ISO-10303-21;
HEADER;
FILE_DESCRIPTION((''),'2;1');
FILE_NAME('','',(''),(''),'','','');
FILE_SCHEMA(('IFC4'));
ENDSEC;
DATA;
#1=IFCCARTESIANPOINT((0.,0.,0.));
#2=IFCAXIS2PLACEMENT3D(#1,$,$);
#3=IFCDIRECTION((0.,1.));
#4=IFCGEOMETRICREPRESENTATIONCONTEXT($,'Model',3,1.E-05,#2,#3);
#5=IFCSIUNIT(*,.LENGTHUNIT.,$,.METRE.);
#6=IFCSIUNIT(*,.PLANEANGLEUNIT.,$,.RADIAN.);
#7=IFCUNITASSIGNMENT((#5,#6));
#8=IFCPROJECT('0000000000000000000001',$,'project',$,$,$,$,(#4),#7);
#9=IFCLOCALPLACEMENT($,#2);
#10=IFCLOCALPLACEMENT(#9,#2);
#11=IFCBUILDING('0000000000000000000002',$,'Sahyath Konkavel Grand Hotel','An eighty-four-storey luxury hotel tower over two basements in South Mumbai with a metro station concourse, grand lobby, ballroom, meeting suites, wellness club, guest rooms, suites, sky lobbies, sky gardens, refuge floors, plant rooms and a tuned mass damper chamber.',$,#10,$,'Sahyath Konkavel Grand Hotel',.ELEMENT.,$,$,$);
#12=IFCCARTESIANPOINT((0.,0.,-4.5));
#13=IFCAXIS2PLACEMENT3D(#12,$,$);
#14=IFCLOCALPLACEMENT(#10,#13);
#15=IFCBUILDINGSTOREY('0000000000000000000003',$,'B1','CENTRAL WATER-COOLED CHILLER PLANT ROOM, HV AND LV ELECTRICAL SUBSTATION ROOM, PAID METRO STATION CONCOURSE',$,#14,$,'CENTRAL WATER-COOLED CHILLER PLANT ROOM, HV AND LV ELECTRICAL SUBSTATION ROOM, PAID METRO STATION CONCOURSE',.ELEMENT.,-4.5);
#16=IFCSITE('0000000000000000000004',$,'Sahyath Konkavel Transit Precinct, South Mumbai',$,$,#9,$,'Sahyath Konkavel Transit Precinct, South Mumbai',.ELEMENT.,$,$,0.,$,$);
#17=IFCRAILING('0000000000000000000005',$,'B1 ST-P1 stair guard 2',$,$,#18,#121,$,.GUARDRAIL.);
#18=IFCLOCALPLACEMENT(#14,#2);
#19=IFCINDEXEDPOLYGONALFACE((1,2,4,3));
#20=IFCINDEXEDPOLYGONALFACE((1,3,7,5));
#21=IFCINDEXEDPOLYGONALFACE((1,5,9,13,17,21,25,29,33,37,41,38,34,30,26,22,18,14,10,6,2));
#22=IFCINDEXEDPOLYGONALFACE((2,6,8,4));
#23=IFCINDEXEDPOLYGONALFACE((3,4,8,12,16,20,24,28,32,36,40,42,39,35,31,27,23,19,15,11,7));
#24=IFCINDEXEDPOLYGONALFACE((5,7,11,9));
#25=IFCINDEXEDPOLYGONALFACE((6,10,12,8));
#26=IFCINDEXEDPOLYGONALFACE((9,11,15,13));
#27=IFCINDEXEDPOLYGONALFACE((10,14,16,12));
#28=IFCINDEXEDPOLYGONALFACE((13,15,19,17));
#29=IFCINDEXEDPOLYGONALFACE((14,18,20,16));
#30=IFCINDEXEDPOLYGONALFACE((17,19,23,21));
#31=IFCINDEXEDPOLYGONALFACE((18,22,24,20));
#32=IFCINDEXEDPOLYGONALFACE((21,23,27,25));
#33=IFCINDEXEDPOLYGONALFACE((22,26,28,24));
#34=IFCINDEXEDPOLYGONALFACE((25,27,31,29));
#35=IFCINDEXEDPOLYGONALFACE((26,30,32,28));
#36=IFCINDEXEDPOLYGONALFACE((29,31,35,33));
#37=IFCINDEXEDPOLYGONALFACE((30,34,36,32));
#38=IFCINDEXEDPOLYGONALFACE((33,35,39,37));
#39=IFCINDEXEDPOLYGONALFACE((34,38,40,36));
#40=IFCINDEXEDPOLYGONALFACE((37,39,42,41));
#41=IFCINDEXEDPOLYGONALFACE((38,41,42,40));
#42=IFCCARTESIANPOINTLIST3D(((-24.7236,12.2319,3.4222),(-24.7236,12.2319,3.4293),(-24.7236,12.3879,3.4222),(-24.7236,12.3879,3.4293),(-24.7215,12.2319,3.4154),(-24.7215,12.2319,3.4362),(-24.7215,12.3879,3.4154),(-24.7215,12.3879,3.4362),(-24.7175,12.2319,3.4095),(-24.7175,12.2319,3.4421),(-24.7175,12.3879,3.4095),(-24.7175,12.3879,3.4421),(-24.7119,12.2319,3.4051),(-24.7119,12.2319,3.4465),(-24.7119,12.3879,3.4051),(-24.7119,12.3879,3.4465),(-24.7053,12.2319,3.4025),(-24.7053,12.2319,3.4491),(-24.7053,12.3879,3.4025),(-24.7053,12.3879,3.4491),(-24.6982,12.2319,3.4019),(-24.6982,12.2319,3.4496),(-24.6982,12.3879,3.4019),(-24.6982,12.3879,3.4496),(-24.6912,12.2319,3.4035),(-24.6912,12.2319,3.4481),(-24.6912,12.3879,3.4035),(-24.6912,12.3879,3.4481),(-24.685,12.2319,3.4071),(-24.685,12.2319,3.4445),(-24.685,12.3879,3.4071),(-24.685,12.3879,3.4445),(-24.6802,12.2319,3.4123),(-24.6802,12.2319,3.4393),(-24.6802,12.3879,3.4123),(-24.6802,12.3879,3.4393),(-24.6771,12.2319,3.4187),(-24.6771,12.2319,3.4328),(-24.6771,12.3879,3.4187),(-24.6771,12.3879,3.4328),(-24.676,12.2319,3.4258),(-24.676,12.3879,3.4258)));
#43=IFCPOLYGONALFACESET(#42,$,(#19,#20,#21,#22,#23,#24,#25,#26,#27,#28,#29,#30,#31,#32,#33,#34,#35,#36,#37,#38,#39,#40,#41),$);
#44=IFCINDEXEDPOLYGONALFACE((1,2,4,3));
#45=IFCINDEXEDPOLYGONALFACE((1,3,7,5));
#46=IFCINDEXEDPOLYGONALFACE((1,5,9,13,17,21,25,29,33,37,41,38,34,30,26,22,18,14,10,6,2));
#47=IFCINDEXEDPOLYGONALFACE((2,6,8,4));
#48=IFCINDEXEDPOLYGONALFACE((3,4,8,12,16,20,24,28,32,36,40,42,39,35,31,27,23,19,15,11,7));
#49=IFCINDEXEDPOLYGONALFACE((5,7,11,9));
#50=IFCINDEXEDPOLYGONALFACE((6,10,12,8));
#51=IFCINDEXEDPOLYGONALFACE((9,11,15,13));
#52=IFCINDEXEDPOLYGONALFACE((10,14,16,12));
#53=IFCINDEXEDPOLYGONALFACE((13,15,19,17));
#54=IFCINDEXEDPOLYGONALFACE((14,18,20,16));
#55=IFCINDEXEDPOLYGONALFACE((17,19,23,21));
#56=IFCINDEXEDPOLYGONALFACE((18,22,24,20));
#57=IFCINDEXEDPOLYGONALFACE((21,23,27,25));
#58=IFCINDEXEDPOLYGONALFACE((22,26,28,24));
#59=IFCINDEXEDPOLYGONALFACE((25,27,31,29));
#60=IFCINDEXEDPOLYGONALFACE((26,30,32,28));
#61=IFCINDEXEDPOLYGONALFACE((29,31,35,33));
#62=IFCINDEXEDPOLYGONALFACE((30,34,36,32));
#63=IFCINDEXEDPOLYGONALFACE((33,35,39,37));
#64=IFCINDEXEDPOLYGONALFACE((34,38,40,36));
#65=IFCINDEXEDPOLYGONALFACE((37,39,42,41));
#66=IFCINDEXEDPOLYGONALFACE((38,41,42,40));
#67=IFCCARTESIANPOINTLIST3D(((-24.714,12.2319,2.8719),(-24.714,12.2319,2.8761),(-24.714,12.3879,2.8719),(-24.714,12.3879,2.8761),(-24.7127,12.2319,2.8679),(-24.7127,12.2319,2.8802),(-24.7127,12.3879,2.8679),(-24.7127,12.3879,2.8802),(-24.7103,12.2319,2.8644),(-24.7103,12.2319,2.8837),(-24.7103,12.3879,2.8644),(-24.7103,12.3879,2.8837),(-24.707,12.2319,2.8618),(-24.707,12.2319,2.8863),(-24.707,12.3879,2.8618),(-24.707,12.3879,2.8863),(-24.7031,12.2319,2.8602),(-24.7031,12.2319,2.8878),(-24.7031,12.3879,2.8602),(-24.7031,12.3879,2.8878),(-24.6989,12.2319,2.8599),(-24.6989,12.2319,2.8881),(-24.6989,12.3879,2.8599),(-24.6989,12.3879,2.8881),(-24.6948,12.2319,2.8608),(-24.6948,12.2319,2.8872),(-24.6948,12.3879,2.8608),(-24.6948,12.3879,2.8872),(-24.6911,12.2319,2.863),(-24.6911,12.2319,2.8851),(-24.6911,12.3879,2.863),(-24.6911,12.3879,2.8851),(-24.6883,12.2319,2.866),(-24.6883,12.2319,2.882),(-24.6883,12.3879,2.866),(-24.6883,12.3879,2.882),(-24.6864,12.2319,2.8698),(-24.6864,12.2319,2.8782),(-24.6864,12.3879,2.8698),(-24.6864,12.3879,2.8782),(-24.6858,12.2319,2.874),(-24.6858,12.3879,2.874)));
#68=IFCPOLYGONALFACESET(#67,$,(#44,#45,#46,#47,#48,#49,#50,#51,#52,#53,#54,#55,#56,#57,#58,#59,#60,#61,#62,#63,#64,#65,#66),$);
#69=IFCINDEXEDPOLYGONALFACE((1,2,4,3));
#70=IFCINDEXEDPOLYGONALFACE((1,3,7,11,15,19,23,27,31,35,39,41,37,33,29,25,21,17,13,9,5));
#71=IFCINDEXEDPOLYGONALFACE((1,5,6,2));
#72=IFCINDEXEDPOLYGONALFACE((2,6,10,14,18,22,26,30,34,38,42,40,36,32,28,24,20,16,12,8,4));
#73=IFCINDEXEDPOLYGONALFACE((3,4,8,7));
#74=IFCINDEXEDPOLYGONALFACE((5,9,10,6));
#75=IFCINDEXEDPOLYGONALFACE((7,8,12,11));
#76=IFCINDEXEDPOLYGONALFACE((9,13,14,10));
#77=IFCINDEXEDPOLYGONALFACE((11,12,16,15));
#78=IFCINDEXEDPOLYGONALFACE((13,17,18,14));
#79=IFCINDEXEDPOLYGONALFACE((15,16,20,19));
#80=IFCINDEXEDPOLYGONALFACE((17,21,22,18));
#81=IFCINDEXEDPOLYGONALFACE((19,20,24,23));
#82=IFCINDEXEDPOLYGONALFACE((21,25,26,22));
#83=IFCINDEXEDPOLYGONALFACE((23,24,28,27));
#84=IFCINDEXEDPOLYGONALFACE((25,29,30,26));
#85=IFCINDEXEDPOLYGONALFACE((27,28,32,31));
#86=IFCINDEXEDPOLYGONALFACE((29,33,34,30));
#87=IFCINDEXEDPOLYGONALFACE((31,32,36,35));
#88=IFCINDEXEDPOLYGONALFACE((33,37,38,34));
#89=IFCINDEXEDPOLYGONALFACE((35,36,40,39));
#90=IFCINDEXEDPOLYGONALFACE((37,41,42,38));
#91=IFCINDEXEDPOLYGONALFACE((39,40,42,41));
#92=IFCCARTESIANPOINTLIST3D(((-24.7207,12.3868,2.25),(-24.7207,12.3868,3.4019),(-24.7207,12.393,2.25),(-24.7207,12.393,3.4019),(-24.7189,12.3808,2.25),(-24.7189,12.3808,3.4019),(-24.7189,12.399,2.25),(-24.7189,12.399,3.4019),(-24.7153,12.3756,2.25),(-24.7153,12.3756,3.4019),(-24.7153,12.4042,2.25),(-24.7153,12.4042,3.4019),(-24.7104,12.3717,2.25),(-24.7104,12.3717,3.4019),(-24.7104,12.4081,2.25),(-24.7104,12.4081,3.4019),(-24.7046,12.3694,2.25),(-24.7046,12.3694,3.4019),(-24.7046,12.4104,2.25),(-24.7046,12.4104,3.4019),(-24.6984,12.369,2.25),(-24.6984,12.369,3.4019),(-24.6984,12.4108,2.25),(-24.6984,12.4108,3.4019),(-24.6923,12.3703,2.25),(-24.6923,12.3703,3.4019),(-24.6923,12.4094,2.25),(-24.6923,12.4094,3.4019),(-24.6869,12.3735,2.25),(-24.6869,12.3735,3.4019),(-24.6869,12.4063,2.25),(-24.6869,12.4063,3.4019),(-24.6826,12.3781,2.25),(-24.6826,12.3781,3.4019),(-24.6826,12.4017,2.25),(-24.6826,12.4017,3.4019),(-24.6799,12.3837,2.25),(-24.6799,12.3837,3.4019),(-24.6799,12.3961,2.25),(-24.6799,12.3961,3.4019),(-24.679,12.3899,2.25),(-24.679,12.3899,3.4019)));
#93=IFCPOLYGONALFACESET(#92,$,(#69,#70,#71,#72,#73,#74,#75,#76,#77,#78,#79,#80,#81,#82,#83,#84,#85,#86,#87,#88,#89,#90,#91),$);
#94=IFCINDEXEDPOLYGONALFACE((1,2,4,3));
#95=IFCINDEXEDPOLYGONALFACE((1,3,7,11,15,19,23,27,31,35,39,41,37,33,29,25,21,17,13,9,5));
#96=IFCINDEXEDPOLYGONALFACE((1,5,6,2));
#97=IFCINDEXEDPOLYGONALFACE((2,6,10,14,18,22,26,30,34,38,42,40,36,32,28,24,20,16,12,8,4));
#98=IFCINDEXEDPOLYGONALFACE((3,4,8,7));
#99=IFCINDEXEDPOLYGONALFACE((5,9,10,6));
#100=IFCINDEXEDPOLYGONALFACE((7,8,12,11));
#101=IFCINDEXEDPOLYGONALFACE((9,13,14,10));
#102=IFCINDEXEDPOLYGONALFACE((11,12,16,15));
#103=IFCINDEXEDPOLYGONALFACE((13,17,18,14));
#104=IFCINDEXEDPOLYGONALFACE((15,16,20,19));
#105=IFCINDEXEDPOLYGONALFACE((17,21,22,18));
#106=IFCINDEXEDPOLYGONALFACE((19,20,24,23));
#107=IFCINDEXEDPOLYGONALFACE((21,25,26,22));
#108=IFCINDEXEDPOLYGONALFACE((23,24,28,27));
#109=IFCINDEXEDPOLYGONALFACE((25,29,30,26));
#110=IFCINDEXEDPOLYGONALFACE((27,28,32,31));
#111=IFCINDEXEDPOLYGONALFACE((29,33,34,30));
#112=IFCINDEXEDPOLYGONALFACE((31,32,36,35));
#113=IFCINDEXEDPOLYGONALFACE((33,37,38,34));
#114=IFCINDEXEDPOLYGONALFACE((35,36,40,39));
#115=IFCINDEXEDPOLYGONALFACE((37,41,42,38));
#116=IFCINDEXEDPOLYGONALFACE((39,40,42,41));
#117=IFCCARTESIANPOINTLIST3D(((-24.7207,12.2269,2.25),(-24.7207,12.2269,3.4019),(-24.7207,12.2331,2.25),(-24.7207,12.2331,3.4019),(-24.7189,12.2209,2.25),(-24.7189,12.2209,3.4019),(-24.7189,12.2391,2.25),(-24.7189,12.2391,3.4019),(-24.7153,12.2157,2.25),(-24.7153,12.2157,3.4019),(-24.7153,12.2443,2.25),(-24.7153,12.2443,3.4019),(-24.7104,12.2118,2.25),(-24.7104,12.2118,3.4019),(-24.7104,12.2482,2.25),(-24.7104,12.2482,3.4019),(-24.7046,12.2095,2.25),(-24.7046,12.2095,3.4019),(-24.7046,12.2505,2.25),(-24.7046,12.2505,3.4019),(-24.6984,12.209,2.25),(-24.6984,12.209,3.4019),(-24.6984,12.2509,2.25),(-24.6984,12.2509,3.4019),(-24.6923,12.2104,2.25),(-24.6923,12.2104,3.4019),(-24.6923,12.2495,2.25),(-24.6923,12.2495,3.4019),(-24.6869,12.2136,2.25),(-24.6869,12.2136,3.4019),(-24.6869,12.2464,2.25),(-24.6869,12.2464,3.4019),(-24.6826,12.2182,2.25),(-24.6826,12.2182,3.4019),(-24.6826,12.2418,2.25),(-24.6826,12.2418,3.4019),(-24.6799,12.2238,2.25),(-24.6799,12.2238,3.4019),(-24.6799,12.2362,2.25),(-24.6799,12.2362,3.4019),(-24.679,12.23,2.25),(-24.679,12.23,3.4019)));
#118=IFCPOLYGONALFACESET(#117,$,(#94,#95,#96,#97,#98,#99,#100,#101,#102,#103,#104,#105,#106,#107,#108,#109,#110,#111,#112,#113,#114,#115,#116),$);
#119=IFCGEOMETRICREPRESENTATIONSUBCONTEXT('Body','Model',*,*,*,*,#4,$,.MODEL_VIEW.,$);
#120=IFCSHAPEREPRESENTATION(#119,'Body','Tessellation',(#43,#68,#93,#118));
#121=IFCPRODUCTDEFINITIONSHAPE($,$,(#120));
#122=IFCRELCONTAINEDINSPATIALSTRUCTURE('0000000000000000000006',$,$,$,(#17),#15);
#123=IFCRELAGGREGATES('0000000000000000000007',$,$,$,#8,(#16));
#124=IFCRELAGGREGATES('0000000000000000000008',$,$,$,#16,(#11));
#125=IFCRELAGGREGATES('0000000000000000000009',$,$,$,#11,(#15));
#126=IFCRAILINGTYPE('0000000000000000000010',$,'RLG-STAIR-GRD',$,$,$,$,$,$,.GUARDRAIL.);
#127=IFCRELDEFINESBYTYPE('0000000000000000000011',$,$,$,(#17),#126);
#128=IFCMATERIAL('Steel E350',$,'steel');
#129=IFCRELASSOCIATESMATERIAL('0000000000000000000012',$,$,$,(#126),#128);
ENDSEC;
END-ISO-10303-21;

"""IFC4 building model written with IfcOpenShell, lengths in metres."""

from ifc_helpers import new_model, si_unit, direction, frame, origin, origin_2d, place, context, subcontext, project, spatial, circle, extrude, material, type_object, element, save


model = new_model("IFC4")

# Units and contexts
model_context = context("Model", 3, precision=1e-05, world=origin(), true_north=direction((0.0, 1.0)))
body_context = subcontext(model_context, "Body", "Model", "MODEL_VIEW")
ifc_project = project(units=[si_unit("LENGTHUNIT", "METRE"), si_unit("PLANEANGLEUNIT", "RADIAN")], contexts=[model_context])

# Site, building, storey
site_placement = place(None, origin())
site = spatial("IfcSite", under=ifc_project, at=site_placement, Name="Sahyath Konkavel Transit Precinct, South Mumbai", LongName="Sahyath Konkavel Transit Precinct, South Mumbai", CompositionType="ELEMENT", RefElevation=0.0)
building_placement = place(site_placement, origin())
building = spatial("IfcBuilding", under=site, at=building_placement, Name="Sahyath Konkavel Grand Hotel", Description="An eighty-four-storey luxury hotel tower over two basements in South Mumbai with a metro station concourse, grand lobby, ballroom, meeting suites, wellness club, guest rooms, suites, sky lobbies, sky gardens, refuge floors, plant rooms and a tuned mass damper chamber.", LongName="Sahyath Konkavel Grand Hotel", CompositionType="ELEMENT")
storey_placement = place(building_placement, frame((0.0, 0.0, -4.5)))
storey = spatial("IfcBuildingStorey", under=building, at=storey_placement, Name="B1", Description="CENTRAL WATER-COOLED CHILLER PLANT ROOM, HV AND LV ELECTRICAL SUBSTATION ROOM, PAID METRO STATION CONCOURSE", LongName="CENTRAL WATER-COOLED CHILLER PLANT ROOM, HV AND LV ELECTRICAL SUBSTATION ROOM, PAID METRO STATION CONCOURSE", CompositionType="ELEMENT", Elevation=-4.5)

# Shared definitions
ifc_material_1 = material(Name="Steel E350", Category="steel")

# Railing
railing_type_1 = type_object("IfcRailingType", Name="RLG-STAIR-GRD", PredefinedType="GUARDRAIL", material=ifc_material_1)
railing_1_placement = place(storey_placement, frame((-24.7, 12.3899, 2.25)))
element("IfcRailing", 1, at=railing_1_placement, inside=storey, type_object=railing_type_1, Name="B1 ST-P1 stair guard 2", PredefinedType="GUARDRAIL", context=body_context, shape_type="SweptSolid", body=[
    extrude(circle(Radius=0.0239, at=origin_2d()), frame((0.0, -0.002, 1.1758), z_axis=(0.0, -1.0, 0.0), x_axis=(1.0, 0.0, 0.0)), (0.0, 0.0, 1.0), 0.156),
    extrude(circle(Radius=0.0142, at=origin_2d()), frame((0.0, -0.002, 0.624), z_axis=(0.0, -1.0, 0.0), x_axis=(1.0, 0.0, 0.0)), (0.0, 0.0, 1.0), 0.156),
    extrude(circle(Radius=0.021, at=origin_2d()), origin(), (0.0, 0.0, 1.0), 1.1519),
    extrude(circle(Radius=0.021, at=origin_2d()), frame((0.0, -0.1599, 0.0)), (0.0, 0.0, 1.0), 1.1519),
])

save(model, "model.ifc")
